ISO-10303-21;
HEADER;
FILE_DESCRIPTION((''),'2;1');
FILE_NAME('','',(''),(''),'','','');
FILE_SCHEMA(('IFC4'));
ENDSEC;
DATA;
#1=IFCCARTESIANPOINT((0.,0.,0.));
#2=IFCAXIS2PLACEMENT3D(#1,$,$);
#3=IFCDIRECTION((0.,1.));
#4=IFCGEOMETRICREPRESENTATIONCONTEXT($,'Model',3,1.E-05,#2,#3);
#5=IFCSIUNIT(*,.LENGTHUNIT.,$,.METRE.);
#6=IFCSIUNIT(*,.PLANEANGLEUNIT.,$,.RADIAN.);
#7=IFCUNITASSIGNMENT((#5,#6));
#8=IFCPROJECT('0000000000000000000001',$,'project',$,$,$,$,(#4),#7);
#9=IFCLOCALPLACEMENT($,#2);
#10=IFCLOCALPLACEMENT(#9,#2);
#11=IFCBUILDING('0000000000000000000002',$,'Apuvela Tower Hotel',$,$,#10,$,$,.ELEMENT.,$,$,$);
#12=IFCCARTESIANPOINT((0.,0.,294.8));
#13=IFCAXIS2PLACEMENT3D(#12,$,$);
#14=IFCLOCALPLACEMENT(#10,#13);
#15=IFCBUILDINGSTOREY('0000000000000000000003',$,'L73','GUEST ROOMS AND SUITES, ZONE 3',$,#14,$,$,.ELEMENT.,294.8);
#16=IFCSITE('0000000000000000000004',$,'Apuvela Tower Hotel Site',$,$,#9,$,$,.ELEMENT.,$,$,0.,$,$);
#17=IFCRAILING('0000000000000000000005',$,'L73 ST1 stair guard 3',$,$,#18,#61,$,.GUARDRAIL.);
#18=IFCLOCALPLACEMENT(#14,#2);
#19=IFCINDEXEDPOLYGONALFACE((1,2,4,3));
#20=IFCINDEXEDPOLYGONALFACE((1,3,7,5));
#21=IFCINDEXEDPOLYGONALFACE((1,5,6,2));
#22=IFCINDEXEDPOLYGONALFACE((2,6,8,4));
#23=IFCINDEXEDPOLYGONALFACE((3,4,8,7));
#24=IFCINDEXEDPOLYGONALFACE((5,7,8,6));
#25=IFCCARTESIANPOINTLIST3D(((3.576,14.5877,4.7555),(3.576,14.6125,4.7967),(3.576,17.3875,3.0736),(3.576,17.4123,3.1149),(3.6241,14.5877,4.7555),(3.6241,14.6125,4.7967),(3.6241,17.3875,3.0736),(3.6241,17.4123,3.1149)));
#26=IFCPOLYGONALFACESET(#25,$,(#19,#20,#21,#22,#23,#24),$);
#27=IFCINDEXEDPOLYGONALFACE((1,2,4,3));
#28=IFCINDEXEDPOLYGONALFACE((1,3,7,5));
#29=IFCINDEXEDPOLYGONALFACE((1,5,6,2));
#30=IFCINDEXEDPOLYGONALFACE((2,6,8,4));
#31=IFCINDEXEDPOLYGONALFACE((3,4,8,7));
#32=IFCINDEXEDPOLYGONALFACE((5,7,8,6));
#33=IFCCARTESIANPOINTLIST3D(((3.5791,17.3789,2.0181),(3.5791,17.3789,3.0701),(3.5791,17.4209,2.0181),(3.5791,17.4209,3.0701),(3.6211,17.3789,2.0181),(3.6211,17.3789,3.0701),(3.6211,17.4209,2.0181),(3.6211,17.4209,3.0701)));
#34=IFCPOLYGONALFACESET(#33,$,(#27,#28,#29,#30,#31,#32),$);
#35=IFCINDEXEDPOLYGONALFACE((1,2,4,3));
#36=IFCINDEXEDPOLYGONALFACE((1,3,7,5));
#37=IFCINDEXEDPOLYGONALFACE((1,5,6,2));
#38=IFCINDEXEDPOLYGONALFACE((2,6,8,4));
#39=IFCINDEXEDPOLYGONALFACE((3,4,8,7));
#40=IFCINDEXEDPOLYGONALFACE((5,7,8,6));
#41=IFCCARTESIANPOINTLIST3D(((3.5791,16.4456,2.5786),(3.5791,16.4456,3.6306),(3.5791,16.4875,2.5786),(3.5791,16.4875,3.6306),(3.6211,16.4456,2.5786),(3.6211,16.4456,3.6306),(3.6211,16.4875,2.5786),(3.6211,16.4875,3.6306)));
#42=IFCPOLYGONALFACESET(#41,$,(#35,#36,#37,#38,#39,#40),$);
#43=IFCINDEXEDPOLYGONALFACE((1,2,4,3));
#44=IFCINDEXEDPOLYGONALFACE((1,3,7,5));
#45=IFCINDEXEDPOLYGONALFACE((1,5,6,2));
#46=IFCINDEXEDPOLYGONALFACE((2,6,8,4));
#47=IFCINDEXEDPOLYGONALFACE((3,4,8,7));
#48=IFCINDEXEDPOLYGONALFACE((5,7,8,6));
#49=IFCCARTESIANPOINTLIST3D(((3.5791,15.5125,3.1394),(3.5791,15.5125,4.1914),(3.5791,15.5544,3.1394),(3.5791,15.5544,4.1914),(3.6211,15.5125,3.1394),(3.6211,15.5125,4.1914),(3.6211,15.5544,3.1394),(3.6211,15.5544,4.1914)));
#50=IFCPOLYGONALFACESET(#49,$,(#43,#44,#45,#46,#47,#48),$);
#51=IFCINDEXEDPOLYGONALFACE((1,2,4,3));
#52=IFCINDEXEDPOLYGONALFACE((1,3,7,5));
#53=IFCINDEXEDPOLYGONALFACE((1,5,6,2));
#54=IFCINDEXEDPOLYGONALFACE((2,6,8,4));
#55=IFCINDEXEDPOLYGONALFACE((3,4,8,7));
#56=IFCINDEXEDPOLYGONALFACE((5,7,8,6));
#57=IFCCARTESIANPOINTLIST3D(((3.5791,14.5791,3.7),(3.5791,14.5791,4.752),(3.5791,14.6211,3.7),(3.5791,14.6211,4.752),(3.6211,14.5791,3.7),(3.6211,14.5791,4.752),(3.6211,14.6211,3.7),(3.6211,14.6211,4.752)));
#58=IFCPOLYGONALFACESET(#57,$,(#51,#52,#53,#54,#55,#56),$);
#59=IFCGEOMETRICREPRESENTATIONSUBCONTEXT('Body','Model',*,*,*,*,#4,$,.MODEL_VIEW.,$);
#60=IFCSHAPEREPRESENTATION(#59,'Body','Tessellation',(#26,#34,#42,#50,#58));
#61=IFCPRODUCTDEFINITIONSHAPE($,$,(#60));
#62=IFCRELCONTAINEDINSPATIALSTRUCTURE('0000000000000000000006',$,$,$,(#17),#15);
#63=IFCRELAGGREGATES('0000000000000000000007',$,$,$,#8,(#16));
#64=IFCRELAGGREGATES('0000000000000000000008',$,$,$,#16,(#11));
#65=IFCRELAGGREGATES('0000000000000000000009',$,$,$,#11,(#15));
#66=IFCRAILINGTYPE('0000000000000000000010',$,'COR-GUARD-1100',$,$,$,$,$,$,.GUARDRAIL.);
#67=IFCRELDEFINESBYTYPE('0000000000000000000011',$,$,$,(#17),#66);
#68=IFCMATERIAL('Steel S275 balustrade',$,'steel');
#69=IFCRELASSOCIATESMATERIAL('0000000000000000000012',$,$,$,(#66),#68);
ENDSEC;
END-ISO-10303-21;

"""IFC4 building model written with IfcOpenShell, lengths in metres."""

from ifc_helpers import new_model, si_unit, direction, frame, origin, origin_2d, place, context, subcontext, project, spatial, rectangle, extrude, material, type_object, element, save


model = new_model("IFC4")

# Units and contexts
model_context = context("Model", 3, precision=1e-05, world=origin(), true_north=direction((0.0, 1.0)))
body_context = subcontext(model_context, "Body", "Model", "MODEL_VIEW")
ifc_project = project(units=[si_unit("LENGTHUNIT", "METRE"), si_unit("PLANEANGLEUNIT", "RADIAN")], contexts=[model_context])

# Site, building, storey
site_placement = place(None, origin())
site = spatial("IfcSite", under=ifc_project, at=site_placement, Name="Apuvela Tower Hotel Site", CompositionType="ELEMENT", RefElevation=0.0)
building_placement = place(site_placement, origin())
building = spatial("IfcBuilding", under=site, at=building_placement, Name="Apuvela Tower Hotel", CompositionType="ELEMENT")
storey_placement = place(building_placement, frame((0.0, 0.0, 294.8)))
storey = spatial("IfcBuildingStorey", under=building, at=storey_placement, Name="L73", Description="GUEST ROOMS AND SUITES, ZONE 3", CompositionType="ELEMENT", Elevation=294.8)

# Railing
ifc_material_1 = material(Name="Steel S275 balustrade", Category="steel")
railing_type = type_object("IfcRailingType", Name="COR-GUARD-1100", PredefinedType="GUARDRAIL", material=ifc_material_1)
railing_1_placement = place(storey_placement, frame((3.6001, 17.3999, 2.0181)))
element("IfcRailing", 1, at=railing_1_placement, inside=storey, type_object=railing_type, Name="L73 ST1 stair guard 3", PredefinedType="GUARDRAIL", context=body_context, shape_type="SweptSolid", body=[
    extrude(rectangle(XDim=0.0481, YDim=0.0481, at=origin_2d()), frame((0.0, 0.0, 1.0762), z_axis=(0.0, -0.857222, 0.514946), x_axis=(1.0, 0.0, 0.0)), (0.0, 0.0, 1.0), 3.2661),
    extrude(rectangle(XDim=0.042, YDim=0.042, at=origin_2d()), origin(), (0.0, 0.0, 1.0), 1.052),
    extrude(rectangle(XDim=0.042, YDim=0.042, at=origin_2d()), frame((0.0, -0.9333, 0.5605)), (0.0, 0.0, 1.0), 1.052),
    extrude(rectangle(XDim=0.042, YDim=0.042, at=origin_2d()), frame((0.0, -1.8665, 1.1213)), (0.0, 0.0, 1.0), 1.052),
    extrude(rectangle(XDim=0.042, YDim=0.042, at=origin_2d()), frame((0.0, -2.7998, 1.6819)), (0.0, 0.0, 1.0), 1.052),
])

save(model, "model.ifc")
